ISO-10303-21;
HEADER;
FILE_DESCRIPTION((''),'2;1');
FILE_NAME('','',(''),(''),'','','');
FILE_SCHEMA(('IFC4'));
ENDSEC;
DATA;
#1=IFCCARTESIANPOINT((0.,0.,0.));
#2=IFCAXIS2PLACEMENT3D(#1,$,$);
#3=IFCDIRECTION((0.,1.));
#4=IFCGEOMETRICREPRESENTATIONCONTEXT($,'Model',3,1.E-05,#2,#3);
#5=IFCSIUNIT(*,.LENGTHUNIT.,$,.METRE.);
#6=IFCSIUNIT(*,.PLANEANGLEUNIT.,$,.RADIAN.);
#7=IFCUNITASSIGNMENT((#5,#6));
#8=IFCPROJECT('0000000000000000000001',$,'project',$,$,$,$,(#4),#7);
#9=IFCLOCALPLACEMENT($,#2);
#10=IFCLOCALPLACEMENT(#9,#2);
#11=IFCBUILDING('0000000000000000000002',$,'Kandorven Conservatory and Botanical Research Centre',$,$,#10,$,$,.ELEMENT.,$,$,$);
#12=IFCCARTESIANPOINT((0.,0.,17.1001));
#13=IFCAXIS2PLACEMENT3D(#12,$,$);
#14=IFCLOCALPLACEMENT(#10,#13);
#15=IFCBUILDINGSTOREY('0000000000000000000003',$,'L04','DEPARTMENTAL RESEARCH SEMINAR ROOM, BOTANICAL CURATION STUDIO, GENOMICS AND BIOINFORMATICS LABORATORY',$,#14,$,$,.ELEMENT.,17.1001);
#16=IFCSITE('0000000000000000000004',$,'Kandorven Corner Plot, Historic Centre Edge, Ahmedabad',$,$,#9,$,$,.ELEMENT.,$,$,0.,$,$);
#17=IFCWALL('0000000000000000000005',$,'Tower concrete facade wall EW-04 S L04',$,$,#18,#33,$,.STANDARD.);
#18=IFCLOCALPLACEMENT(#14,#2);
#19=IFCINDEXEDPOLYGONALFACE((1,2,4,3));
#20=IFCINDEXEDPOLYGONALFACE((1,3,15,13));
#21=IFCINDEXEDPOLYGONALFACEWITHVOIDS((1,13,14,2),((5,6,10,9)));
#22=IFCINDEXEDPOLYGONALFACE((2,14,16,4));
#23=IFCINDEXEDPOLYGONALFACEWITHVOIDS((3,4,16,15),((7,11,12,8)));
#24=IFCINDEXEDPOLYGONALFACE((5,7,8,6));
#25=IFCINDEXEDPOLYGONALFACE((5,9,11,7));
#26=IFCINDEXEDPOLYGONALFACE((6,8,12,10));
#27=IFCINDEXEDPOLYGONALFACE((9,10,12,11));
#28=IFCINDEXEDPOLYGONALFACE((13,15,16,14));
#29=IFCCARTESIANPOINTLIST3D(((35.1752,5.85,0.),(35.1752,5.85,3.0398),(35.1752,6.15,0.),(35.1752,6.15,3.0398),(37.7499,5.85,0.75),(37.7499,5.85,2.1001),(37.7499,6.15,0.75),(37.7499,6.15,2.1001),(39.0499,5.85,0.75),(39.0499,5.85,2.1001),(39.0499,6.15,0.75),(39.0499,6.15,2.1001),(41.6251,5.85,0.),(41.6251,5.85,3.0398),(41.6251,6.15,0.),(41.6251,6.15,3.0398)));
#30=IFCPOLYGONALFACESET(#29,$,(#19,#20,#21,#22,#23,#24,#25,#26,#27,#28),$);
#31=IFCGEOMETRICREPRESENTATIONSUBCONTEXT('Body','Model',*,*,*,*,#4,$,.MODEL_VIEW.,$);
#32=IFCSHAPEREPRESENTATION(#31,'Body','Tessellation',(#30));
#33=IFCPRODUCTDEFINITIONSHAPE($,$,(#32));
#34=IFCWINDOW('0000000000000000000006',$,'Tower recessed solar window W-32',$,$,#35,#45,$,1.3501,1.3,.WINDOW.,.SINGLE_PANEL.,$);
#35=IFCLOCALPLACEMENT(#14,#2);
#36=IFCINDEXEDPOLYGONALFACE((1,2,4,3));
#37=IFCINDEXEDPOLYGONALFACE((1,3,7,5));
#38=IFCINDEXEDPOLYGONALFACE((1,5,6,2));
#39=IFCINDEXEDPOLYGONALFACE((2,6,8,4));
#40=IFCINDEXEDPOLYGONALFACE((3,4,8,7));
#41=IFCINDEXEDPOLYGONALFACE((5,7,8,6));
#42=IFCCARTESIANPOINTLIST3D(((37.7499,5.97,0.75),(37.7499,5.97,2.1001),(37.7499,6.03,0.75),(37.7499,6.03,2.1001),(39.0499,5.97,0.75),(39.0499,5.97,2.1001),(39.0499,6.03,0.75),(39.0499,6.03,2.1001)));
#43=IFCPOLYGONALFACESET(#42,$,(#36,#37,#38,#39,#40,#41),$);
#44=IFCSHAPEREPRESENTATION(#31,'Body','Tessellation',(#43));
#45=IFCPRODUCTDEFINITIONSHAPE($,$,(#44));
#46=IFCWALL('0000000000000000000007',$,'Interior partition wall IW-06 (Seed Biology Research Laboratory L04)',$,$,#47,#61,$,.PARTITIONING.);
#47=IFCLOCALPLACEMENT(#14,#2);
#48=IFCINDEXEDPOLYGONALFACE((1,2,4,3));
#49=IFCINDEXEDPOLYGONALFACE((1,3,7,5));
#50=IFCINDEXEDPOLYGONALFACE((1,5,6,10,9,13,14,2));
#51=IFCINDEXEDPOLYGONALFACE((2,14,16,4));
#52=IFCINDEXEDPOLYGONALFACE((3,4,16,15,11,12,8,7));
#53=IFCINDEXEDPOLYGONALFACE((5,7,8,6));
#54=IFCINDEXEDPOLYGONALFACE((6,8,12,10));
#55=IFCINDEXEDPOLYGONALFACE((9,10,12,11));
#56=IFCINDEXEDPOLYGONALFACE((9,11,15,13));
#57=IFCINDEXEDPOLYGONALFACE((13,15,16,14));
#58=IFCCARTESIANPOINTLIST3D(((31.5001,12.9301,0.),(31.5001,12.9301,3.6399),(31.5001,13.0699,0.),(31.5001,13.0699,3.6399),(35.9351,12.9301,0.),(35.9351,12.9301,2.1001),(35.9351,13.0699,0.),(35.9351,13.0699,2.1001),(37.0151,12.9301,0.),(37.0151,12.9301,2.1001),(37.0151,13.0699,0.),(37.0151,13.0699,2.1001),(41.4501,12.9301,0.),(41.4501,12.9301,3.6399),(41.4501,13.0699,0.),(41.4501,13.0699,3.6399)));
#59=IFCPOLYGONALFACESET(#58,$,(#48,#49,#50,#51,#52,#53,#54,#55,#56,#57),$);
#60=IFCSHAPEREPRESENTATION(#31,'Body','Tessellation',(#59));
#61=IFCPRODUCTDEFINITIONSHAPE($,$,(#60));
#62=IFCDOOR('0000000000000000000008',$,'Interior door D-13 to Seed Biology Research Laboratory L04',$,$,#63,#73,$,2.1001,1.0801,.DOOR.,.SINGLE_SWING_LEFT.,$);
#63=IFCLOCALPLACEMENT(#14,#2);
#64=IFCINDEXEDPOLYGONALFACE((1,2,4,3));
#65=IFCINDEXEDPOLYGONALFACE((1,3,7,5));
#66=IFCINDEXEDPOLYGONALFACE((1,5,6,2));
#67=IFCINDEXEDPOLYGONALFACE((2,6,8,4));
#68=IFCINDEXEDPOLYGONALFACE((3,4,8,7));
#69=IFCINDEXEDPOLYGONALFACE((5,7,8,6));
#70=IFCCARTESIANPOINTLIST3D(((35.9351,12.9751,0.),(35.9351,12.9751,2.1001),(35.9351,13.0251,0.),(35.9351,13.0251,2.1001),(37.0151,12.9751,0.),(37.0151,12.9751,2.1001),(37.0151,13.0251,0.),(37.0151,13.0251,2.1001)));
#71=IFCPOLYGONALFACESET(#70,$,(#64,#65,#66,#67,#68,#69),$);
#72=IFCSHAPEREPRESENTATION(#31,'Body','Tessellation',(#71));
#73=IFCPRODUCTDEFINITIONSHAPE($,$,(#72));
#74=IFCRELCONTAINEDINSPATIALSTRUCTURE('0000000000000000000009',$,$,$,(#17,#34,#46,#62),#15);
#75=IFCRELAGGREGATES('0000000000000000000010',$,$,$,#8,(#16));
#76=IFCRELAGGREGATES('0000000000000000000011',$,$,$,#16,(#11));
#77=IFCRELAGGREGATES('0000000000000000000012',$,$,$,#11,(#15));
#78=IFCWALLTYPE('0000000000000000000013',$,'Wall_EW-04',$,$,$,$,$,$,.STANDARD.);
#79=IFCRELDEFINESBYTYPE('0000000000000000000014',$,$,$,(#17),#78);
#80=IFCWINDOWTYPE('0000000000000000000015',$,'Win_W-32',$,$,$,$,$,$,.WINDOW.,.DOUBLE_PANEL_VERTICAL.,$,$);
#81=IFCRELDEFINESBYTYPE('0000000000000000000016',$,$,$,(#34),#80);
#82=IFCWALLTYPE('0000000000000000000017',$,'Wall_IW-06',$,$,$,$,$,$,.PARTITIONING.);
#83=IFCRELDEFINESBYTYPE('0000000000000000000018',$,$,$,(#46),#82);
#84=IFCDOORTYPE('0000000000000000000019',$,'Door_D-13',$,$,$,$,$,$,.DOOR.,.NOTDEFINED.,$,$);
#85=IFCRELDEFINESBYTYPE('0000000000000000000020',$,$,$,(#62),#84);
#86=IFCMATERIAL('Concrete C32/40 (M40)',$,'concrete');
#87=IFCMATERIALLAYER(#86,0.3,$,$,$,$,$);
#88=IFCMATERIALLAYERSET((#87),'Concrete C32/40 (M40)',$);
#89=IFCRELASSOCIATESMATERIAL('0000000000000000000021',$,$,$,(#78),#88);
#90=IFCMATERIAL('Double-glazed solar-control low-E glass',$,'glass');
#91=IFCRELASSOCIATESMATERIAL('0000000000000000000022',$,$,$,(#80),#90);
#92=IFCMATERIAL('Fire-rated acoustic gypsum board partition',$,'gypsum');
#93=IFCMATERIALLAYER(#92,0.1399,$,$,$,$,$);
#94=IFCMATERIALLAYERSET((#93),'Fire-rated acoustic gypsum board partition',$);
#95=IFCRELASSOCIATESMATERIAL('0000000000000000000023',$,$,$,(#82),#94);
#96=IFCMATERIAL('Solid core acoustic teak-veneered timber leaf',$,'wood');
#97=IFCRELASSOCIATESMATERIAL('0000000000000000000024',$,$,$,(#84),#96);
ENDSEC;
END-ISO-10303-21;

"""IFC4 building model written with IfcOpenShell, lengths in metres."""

from ifc_helpers import new_model, si_unit, direction, frame, frame_2d, origin, place, context, subcontext, project, spatial, rectangle, extrude, material, layer, layer_set, type_object, element, fill, save


model = new_model("IFC4")

# Units and contexts
model_context = context("Model", 3, precision=1e-05, world=origin(), true_north=direction((0.0, 1.0)))
body_context = subcontext(model_context, "Body", "Model", "MODEL_VIEW")
ifc_project = project(units=[si_unit("LENGTHUNIT", "METRE"), si_unit("PLANEANGLEUNIT", "RADIAN")], contexts=[model_context])

# Site, building, storey
site_placement = place(None, origin())
site = spatial("IfcSite", under=ifc_project, at=site_placement, Name="Kandorven Corner Plot, Historic Centre Edge, Ahmedabad", CompositionType="ELEMENT", RefElevation=0.0)
building_placement = place(site_placement, origin())
building = spatial("IfcBuilding", under=site, at=building_placement, Name="Kandorven Conservatory and Botanical Research Centre", CompositionType="ELEMENT")
storey_placement = place(building_placement, frame((0.0, 0.0, 17.1001)))
storey = spatial("IfcBuildingStorey", under=building, at=storey_placement, Name="L04", Description="DEPARTMENTAL RESEARCH SEMINAR ROOM, BOTANICAL CURATION STUDIO, GENOMICS AND BIOINFORMATICS LABORATORY", CompositionType="ELEMENT", Elevation=17.1001)

# Wall, opening, window
ifc_material_1 = material(Name="Concrete C32/40 (M40)", Category="concrete")
ifc_layer_1 = layer(ifc_material_1, 0.3)
ifc_layer_set_1 = layer_set([ifc_layer_1], Name="Concrete C32/40 (M40)")
wall_type_1 = type_object("IfcWallType", Name="Wall_EW-04", PredefinedType="STANDARD", material=ifc_layer_set_1)
wall_1_placement = place(storey_placement, frame((35.175, 6.0, 0.0), z_axis=(0.0, 0.0, 1.0), x_axis=(1.0, 0.0, 0.0)))
wall_1 = element("IfcWall", 1, at=wall_1_placement, inside=storey, type_object=wall_type_1, Name="Tower concrete facade wall EW-04 S L04", PredefinedType="STANDARD", context=body_context, shape_type="SweptSolid", body=[
    extrude(rectangle(XDim=6.45, YDim=0.3, at=frame_2d((3.2251, 0.0))), origin(), (0.0, 0.0, 1.0), 3.0398),
])
opening_1_placement = place(wall_1_placement, frame((2.575, 0.0, 0.75)))
opening_1 = element("IfcOpeningElement", 2, at=opening_1_placement, cuts=wall_1, PredefinedType="OPENING", context=body_context, shape_type="SweptSolid", body=[
    extrude(rectangle(XDim=1.3, YDim=1.3501, at=frame_2d((0.6499, 0.675))), frame((0.0, 0.1599, 0.0), z_axis=(0.0, -1.0, 0.0), x_axis=(1.0, 0.0, 0.0)), (0.0, 0.0, 1.0), 0.3201),
])
ifc_material_2 = material(Name="Double-glazed solar-control low-E glass", Category="glass")
window_type_1 = type_object("IfcWindowType", Name="Win_W-32", PartitioningType="DOUBLE_PANEL_VERTICAL", PredefinedType="WINDOW", material=ifc_material_2)
window_1_placement = place(opening_1_placement, origin())
window_1 = element("IfcWindow", 3, at=window_1_placement, inside=storey, type_object=window_type_1, Name="Tower recessed solar window W-32", OverallHeight=1.3501, OverallWidth=1.3, PartitioningType="SINGLE_PANEL", PredefinedType="WINDOW", context=body_context, shape_type="SweptSolid", body=[
    extrude(rectangle(XDim=1.3, YDim=1.3501, at=frame_2d((0.6499, 0.675))), frame((0.0, 0.03, 0.0), z_axis=(0.0, -1.0, 0.0), x_axis=(1.0, 0.0, 0.0)), (0.0, 0.0, 1.0), 0.0601),
])
fill(opening_1, window_1)

# Wall, opening, door
ifc_material_3 = material(Name="Fire-rated acoustic gypsum board partition", Category="gypsum")
ifc_layer_2 = layer(ifc_material_3, 0.1399)
ifc_layer_set_2 = layer_set([ifc_layer_2], Name="Fire-rated acoustic gypsum board partition")
wall_type_2 = type_object("IfcWallType", Name="Wall_IW-06", PredefinedType="PARTITIONING", material=ifc_layer_set_2)
wall_2_placement = place(storey_placement, frame((31.5, 13.0, 0.0), z_axis=(0.0, 0.0, 1.0), x_axis=(1.0, 0.0, 0.0)))
wall_2 = element("IfcWall", 4, at=wall_2_placement, inside=storey, type_object=wall_type_2, Name="Interior partition wall IW-06 (Seed Biology Research Laboratory L04)", PredefinedType="PARTITIONING", context=body_context, shape_type="SweptSolid", body=[
    extrude(rectangle(XDim=9.95, YDim=0.1399, at=frame_2d((4.9751, 0.0))), origin(), (0.0, 0.0, 1.0), 3.6399),
])
opening_2_placement = place(wall_2_placement, frame((4.4351, 0.0, 0.0)))
opening_2 = element("IfcOpeningElement", 5, at=opening_2_placement, cuts=wall_2, PredefinedType="OPENING", context=body_context, shape_type="SweptSolid", body=[
    extrude(rectangle(XDim=1.0801, YDim=2.1001, at=frame_2d((0.54, 1.05))), frame((0.0, 0.0798, 0.0), z_axis=(0.0, -1.0, 0.0), x_axis=(1.0, 0.0, 0.0)), (0.0, 0.0, 1.0), 0.1599),
])
ifc_material_4 = material(Name="Solid core acoustic teak-veneered timber leaf", Category="wood")
door_type = type_object("IfcDoorType", Name="Door_D-13", OperationType="NOTDEFINED", PredefinedType="DOOR", material=ifc_material_4)
door_placement = place(opening_2_placement, frame((1.0801, 0.0, 0.0), z_axis=(0.0, 0.0, 1.0), x_axis=(-1.0, 0.0, 0.0)))
door = element("IfcDoor", 6, at=door_placement, inside=storey, type_object=door_type, Name="Interior door D-13 to Seed Biology Research Laboratory L04", OperationType="SINGLE_SWING_LEFT", OverallHeight=2.1001, OverallWidth=1.0801, PredefinedType="DOOR", context=body_context, shape_type="SweptSolid", body=[
    extrude(rectangle(XDim=1.0801, YDim=2.1001, at=frame_2d((0.54, 1.05))), frame((0.0, 0.0249, 0.0), z_axis=(0.0, -1.0, 0.0), x_axis=(1.0, 0.0, 0.0)), (0.0, 0.0, 1.0), 0.05),
])
fill(opening_2, door)

save(model, "model.ifc")
